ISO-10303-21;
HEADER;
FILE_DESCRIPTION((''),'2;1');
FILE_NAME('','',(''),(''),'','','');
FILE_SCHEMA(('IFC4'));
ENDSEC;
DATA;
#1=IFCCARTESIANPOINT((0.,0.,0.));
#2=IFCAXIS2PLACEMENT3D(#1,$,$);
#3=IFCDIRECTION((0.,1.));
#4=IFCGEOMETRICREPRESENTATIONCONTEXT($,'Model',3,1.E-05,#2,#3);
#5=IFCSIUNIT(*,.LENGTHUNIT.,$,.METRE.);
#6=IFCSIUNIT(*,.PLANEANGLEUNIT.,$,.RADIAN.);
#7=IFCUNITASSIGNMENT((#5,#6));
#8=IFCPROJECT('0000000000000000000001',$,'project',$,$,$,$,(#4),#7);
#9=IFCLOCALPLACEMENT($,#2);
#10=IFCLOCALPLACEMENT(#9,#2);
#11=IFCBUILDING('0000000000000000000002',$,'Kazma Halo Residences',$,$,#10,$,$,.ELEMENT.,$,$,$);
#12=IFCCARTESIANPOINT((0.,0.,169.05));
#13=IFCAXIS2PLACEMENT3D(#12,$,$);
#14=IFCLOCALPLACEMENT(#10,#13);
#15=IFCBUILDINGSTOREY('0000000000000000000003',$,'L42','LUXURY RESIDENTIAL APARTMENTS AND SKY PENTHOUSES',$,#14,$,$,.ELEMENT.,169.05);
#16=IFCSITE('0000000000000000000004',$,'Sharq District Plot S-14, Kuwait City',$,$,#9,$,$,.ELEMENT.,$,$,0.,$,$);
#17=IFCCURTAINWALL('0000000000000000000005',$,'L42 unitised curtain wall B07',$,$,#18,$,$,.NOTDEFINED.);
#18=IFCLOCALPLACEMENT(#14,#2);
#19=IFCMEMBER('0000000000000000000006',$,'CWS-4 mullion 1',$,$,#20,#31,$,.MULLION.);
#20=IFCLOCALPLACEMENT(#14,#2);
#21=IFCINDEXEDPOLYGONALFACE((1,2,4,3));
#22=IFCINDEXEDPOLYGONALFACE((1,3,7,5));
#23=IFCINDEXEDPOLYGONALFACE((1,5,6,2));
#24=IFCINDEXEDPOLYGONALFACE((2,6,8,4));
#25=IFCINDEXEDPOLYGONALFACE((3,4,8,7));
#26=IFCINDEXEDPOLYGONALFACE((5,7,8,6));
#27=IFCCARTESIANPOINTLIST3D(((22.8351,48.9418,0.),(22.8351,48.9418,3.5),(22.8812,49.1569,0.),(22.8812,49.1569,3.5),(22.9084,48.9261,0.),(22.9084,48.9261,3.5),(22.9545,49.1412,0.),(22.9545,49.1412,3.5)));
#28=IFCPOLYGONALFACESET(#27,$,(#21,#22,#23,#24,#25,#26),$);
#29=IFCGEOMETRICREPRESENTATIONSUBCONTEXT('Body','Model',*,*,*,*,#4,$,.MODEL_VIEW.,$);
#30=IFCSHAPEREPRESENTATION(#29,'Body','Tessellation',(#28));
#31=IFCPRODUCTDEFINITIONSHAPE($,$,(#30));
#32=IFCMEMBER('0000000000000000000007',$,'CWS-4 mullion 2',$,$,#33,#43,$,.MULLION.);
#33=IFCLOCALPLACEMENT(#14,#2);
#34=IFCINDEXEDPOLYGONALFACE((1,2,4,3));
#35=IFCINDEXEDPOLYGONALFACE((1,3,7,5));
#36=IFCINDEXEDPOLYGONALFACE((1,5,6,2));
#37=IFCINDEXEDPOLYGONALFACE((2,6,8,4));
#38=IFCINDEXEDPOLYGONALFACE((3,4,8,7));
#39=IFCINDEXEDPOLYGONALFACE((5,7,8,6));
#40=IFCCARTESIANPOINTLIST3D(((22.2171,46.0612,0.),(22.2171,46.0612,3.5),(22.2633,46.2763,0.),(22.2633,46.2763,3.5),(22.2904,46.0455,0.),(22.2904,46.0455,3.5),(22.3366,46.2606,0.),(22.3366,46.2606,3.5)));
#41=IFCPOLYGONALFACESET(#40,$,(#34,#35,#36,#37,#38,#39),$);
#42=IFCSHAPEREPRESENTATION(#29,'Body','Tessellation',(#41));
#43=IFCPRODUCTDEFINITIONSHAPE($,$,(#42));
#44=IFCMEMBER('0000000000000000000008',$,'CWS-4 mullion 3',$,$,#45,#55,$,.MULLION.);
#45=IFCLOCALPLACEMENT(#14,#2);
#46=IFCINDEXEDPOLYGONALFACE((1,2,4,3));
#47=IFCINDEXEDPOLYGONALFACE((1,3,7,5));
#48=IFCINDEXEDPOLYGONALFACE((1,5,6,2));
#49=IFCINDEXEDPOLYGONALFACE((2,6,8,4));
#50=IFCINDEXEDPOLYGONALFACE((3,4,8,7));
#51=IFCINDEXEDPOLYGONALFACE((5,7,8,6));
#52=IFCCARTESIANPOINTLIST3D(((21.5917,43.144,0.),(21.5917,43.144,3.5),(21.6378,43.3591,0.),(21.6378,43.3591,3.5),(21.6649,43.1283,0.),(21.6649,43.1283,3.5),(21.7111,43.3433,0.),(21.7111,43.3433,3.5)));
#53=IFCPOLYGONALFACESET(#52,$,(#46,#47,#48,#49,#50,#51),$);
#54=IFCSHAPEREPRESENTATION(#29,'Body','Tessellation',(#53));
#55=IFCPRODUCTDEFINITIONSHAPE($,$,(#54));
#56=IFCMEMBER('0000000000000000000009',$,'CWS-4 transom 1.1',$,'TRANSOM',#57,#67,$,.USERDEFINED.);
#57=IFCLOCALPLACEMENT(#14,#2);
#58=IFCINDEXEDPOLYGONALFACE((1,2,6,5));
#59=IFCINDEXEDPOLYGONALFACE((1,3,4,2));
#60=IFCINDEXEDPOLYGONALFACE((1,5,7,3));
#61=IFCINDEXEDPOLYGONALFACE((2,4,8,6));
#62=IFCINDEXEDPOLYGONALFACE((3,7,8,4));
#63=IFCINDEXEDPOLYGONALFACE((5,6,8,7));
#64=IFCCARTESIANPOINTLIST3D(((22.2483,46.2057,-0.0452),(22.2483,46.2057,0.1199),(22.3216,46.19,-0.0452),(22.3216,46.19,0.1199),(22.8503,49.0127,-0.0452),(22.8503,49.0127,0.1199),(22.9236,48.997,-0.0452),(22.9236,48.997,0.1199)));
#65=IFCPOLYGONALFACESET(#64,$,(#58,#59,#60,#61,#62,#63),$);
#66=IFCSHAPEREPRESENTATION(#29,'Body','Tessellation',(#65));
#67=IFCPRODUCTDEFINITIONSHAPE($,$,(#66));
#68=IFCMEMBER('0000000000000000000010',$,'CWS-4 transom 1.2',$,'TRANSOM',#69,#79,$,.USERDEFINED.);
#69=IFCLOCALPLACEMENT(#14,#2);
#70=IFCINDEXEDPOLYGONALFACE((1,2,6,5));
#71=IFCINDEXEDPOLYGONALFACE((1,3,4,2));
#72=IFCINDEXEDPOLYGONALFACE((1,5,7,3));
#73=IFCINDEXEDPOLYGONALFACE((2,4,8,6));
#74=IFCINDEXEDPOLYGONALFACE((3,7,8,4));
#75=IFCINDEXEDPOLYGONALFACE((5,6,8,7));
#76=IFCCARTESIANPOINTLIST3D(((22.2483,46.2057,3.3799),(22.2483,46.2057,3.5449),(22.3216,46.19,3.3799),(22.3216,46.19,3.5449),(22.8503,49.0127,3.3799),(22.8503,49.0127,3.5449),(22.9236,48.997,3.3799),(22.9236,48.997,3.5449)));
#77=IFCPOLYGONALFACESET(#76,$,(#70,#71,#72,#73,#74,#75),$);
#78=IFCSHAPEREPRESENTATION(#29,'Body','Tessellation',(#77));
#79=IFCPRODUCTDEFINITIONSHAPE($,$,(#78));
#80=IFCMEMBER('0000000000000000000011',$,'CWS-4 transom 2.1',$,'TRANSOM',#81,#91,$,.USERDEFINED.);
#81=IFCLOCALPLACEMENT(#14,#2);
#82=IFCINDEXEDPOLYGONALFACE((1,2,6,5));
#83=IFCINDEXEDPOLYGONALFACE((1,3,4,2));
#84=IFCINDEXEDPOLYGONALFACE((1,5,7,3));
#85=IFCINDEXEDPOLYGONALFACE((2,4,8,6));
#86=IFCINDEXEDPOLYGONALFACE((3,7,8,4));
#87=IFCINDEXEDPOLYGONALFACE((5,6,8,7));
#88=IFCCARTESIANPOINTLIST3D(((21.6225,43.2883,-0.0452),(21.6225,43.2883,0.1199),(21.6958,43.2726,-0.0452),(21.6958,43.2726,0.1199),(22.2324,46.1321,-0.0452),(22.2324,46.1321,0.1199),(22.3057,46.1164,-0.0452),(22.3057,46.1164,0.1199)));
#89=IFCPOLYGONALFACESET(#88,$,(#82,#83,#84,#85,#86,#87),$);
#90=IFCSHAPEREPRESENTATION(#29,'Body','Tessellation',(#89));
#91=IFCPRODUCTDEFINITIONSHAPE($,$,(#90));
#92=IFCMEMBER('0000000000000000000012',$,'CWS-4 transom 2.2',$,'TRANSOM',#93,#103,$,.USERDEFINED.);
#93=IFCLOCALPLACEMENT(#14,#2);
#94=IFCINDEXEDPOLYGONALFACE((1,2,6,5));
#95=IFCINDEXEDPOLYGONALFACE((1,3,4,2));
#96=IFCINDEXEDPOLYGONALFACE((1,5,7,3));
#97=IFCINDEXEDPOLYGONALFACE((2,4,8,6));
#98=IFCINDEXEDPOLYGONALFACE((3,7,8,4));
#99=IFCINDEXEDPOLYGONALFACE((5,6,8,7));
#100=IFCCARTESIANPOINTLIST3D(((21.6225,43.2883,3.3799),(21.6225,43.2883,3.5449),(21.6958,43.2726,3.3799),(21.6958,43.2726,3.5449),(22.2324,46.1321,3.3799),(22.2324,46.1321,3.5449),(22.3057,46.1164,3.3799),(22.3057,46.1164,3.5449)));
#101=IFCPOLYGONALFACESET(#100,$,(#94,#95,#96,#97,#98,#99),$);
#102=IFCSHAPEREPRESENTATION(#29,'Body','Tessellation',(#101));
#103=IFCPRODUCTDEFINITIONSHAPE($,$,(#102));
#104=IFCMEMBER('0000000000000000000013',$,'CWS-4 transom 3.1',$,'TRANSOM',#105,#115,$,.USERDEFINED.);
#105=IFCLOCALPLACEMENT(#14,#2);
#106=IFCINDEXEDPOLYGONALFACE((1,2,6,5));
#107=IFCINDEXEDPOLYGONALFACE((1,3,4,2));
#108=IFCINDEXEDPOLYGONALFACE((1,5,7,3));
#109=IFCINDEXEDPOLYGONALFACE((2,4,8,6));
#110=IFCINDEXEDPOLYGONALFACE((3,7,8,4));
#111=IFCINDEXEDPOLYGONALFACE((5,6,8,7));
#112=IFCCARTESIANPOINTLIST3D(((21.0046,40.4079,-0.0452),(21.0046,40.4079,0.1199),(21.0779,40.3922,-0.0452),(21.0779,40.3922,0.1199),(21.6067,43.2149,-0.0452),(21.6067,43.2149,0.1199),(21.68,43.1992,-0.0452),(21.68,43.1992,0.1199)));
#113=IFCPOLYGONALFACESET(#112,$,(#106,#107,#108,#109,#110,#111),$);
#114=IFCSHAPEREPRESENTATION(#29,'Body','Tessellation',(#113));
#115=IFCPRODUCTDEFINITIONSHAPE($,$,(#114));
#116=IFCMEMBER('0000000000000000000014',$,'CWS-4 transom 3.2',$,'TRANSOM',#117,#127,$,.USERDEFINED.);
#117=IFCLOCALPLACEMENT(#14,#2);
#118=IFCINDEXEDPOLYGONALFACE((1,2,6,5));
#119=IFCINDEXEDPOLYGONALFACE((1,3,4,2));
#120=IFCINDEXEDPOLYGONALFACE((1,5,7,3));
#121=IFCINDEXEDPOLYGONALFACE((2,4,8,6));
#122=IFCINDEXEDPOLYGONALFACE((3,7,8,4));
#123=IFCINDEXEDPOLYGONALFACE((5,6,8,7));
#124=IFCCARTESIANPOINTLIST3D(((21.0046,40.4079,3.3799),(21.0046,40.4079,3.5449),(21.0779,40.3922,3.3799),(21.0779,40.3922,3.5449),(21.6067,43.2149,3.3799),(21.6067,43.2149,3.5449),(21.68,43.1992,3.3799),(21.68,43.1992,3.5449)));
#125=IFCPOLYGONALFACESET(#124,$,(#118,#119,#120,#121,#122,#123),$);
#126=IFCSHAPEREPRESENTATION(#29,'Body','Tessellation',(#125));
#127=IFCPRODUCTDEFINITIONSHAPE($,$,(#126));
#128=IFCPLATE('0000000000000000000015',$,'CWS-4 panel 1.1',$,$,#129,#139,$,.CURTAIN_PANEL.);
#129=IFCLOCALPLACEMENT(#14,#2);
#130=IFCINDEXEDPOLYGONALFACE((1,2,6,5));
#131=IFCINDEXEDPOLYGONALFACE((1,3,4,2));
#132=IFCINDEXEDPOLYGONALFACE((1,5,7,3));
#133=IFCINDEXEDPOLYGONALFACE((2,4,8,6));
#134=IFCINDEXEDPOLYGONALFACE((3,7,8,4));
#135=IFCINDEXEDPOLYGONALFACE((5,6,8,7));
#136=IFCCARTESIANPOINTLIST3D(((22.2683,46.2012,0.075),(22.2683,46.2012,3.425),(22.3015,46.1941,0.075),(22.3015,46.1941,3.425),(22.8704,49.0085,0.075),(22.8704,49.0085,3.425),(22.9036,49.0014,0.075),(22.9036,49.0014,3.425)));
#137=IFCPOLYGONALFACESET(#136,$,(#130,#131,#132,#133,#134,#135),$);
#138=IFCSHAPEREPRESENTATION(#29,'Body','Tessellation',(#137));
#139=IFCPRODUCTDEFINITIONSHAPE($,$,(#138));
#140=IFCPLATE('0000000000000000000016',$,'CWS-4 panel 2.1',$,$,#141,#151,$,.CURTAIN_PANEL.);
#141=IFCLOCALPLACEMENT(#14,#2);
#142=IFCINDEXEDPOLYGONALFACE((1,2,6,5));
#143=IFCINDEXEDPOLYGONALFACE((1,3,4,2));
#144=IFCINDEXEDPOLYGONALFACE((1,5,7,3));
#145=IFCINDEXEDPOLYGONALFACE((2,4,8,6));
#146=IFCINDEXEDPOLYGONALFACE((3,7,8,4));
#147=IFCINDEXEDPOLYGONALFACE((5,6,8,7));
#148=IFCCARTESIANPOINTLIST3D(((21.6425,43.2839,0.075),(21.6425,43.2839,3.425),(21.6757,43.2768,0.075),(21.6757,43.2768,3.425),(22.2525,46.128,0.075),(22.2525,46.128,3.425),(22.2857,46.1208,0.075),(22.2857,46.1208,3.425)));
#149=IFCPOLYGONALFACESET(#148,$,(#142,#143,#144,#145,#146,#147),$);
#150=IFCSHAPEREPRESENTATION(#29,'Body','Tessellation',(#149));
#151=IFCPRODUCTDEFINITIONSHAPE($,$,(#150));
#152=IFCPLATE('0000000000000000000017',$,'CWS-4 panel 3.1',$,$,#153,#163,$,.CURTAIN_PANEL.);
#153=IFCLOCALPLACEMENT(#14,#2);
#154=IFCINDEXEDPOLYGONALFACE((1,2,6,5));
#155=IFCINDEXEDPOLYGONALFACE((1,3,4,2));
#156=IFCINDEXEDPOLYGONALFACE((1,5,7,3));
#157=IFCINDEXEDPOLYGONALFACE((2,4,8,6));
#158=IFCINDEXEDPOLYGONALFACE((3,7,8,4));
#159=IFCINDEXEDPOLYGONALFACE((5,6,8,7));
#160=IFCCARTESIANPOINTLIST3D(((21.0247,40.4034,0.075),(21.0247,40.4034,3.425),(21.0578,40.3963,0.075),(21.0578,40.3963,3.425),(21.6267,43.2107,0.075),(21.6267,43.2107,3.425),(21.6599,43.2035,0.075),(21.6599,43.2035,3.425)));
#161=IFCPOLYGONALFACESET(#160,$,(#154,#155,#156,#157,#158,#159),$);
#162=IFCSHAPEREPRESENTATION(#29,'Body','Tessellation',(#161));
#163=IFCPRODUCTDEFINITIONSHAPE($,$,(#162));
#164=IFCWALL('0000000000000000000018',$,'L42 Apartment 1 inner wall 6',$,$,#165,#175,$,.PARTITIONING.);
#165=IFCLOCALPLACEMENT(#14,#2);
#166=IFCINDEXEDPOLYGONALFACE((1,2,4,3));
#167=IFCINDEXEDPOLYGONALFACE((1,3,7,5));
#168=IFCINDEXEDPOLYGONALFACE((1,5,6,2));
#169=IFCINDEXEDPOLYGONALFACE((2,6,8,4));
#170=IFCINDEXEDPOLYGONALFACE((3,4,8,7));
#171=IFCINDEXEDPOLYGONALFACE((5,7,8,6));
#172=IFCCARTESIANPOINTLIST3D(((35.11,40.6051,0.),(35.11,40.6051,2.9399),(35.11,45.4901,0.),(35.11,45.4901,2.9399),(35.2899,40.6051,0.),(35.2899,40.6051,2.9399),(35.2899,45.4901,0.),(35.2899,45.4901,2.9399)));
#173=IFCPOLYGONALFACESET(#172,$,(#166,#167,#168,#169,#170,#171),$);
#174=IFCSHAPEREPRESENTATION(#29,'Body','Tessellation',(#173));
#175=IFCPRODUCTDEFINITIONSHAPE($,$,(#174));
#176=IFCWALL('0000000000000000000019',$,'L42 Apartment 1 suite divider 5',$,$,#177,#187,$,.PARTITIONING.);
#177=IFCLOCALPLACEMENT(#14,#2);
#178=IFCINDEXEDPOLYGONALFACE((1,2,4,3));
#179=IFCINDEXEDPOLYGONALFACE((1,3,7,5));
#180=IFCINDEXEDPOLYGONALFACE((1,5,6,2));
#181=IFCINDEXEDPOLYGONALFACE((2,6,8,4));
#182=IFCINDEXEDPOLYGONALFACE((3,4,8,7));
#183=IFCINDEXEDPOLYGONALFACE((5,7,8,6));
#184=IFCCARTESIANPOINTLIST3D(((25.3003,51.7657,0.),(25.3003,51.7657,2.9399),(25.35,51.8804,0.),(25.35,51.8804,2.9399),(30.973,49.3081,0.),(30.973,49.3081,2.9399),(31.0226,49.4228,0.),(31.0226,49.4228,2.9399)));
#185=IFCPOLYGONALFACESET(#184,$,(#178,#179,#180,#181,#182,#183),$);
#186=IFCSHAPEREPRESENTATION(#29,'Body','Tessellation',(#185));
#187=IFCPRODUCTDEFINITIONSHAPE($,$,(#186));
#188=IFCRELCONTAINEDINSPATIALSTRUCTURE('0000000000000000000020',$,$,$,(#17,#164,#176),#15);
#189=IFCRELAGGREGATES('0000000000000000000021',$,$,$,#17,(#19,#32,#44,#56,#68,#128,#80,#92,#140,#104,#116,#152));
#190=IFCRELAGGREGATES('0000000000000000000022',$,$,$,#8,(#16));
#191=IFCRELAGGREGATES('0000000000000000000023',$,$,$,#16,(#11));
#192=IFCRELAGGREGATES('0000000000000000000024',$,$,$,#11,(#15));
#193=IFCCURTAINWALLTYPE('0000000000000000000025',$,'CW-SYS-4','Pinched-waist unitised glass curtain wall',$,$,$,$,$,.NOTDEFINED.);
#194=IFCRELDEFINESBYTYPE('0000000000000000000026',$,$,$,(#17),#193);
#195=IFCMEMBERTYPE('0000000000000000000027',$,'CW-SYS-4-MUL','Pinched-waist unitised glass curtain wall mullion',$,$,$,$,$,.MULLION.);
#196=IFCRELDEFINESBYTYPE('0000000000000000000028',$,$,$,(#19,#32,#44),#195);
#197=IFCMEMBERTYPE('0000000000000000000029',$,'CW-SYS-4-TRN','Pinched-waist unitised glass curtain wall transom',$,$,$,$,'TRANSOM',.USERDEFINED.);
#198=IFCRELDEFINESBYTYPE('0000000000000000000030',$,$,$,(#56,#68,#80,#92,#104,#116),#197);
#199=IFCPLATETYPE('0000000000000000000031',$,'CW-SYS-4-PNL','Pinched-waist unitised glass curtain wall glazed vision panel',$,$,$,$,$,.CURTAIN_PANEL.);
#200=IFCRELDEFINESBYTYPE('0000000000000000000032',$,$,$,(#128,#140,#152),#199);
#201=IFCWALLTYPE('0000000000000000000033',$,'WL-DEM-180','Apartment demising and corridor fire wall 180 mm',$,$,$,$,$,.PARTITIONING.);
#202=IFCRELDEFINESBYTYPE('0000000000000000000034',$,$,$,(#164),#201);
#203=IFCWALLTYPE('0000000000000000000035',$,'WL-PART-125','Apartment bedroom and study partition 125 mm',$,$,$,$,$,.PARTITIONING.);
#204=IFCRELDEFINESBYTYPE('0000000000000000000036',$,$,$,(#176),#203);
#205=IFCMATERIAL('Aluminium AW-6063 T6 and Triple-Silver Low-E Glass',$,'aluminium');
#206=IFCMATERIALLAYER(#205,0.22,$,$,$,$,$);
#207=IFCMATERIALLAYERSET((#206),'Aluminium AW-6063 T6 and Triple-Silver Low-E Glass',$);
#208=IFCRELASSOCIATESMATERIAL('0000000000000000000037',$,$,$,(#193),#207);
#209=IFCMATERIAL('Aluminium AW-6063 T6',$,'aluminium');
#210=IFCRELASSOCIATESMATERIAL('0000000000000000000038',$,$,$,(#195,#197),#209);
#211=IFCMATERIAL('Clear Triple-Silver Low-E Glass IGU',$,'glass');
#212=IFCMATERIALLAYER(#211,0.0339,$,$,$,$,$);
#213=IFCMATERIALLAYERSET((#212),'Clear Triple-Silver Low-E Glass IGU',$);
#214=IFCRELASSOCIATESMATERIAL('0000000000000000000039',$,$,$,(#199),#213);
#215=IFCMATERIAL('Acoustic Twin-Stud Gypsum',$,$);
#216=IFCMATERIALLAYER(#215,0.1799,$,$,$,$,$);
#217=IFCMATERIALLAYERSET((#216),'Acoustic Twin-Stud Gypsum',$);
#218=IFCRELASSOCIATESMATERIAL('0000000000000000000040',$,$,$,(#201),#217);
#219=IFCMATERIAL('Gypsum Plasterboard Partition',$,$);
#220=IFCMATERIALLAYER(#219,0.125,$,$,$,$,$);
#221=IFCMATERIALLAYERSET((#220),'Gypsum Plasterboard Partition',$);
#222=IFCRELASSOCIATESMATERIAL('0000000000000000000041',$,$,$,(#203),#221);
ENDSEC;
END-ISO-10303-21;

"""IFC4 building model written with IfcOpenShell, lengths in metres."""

from ifc_helpers import new_model, si_unit, direction, frame, frame_2d, origin, origin_2d, place, context, subcontext, project, spatial, rectangle, extrude, material, layer, layer_set, material_profile, profile_set, type_object, element, aggregate, save


model = new_model("IFC4")

# Units and contexts
model_context = context("Model", 3, precision=1e-05, world=origin(), true_north=direction((0.0, 1.0)))
body_context = subcontext(model_context, "Body", "Model", "MODEL_VIEW")
ifc_project = project(units=[si_unit("LENGTHUNIT", "METRE"), si_unit("PLANEANGLEUNIT", "RADIAN")], contexts=[model_context])

# Site, building, storey
site_placement = place(None, origin())
site = spatial("IfcSite", under=ifc_project, at=site_placement, Name="Sharq District Plot S-14, Kuwait City", CompositionType="ELEMENT", RefElevation=0.0)
building_placement = place(site_placement, origin())
building = spatial("IfcBuilding", under=site, at=building_placement, Name="Kazma Halo Residences", CompositionType="ELEMENT")
storey_placement = place(building_placement, frame((0.0, 0.0, 169.05)))
storey = spatial("IfcBuildingStorey", under=building, at=storey_placement, Name="L42", Description="LUXURY RESIDENTIAL APARTMENTS AND SKY PENTHOUSES", CompositionType="ELEMENT", Elevation=169.05)

# Curtain wall, members, plates
ifc_material_1 = material(Name="Aluminium AW-6063 T6 and Triple-Silver Low-E Glass", Category="aluminium")
ifc_layer_1 = layer(ifc_material_1, 0.22)
ifc_layer_set_1 = layer_set([ifc_layer_1], Name="Aluminium AW-6063 T6 and Triple-Silver Low-E Glass")
curtain_wall_type = type_object("IfcCurtainWallType", Name="CW-SYS-4", Description="Pinched-waist unitised glass curtain wall", PredefinedType="NOTDEFINED", material=ifc_layer_set_1)
curtain_wall_placement = place(storey_placement, origin())
curtain_wall = element("IfcCurtainWall", 1, at=curtain_wall_placement, inside=storey, type_object=curtain_wall_type, Name="L42 unitised curtain wall B07", PredefinedType="NOTDEFINED")
ifc_material_2 = material(Name="Aluminium AW-6063 T6", Category="aluminium")
ifc_material_profile_1 = material_profile(ifc_material_2, rectangle(XDim=0.075, YDim=0.22, at=origin_2d()), Name="CWM-75x220")
ifc_profile_set_1 = profile_set([ifc_material_profile_1], Name="Aluminium AW-6063 T6")
member_type_1 = type_object("IfcMemberType", Name="CW-SYS-4-MUL", Description="Pinched-waist unitised glass curtain wall mullion", PredefinedType="MULLION", material=ifc_profile_set_1)
member_1_placement = place(storey_placement, frame((22.8948, 49.0415, 0.0), z_axis=(0.0, 0.0, 1.0), x_axis=(0.977765, -0.209704, 0.0)))
member_1 = element("IfcMember", 2, at=member_1_placement, type_object=member_type_1, Name="CWS-4 mullion 1", PredefinedType="MULLION", context=body_context, shape_type="SweptSolid", body=[
    extrude(rectangle(XDim=0.075, YDim=0.22, at=origin_2d()), origin(), (0.0, 0.0, 1.0), 3.5),
])
member_2_placement = place(storey_placement, frame((22.2769, 46.1609, 0.0), z_axis=(0.0, 0.0, 1.0), x_axis=(0.977765, -0.209704, 0.0)))
member_2 = element("IfcMember", 3, at=member_2_placement, type_object=member_type_1, Name="CWS-4 mullion 2", PredefinedType="MULLION", context=body_context, shape_type="SweptSolid", body=[
    extrude(rectangle(XDim=0.075, YDim=0.22, at=origin_2d()), origin(), (0.0, 0.0, 1.0), 3.5),
])
member_3_placement = place(storey_placement, frame((21.6514, 43.2437, 0.0), z_axis=(0.0, 0.0, 1.0), x_axis=(0.977765, -0.209704, 0.0)))
member_3 = element("IfcMember", 4, at=member_3_placement, type_object=member_type_1, Name="CWS-4 mullion 3", PredefinedType="MULLION", context=body_context, shape_type="SweptSolid", body=[
    extrude(rectangle(XDim=0.075, YDim=0.22, at=origin_2d()), origin(), (0.0, 0.0, 1.0), 3.5),
])
ifc_material_profile_2 = material_profile(ifc_material_2, rectangle(XDim=0.075, YDim=0.165, at=origin_2d()), Name="CWT-75x165")
ifc_profile_set_2 = profile_set([ifc_material_profile_2], Name="Aluminium AW-6063 T6")
member_type_2 = type_object("IfcMemberType", Name="CW-SYS-4-TRN", Description="Pinched-waist unitised glass curtain wall transom", ElementType="TRANSOM", PredefinedType="USERDEFINED", material=ifc_profile_set_2)
member_4_placement = place(storey_placement, frame((22.887, 49.0049, 0.0374), z_axis=(-0.209703, -0.977765, 0.0), x_axis=(0.977765, -0.209703, 0.0)))
member_4 = element("IfcMember", 5, at=member_4_placement, type_object=member_type_2, Name="CWS-4 transom 1.1", ObjectType="TRANSOM", PredefinedType="USERDEFINED", context=body_context, shape_type="SweptSolid", body=[
    extrude(rectangle(XDim=0.075, YDim=0.165, at=origin_2d()), origin(), (0.0, 0.0, 1.0), 2.8708),
])
member_5_placement = place(storey_placement, frame((22.887, 49.0049, 3.4624), z_axis=(-0.209703, -0.977765, 0.0), x_axis=(0.977765, -0.209703, 0.0)))
member_5 = element("IfcMember", 6, at=member_5_placement, type_object=member_type_2, Name="CWS-4 transom 1.2", ObjectType="TRANSOM", PredefinedType="USERDEFINED", context=body_context, shape_type="SweptSolid", body=[
    extrude(rectangle(XDim=0.075, YDim=0.165, at=origin_2d()), origin(), (0.0, 0.0, 1.0), 2.8708),
])
member_6_placement = place(storey_placement, frame((22.269, 46.1243, 0.0374), z_axis=(-0.20969, -0.977768, 0.0), x_axis=(0.977768, -0.20969, 0.0)))
member_6 = element("IfcMember", 7, at=member_6_placement, type_object=member_type_2, Name="CWS-4 transom 2.1", ObjectType="TRANSOM", PredefinedType="USERDEFINED", context=body_context, shape_type="SweptSolid", body=[
    extrude(rectangle(XDim=0.075, YDim=0.165, at=origin_2d()), origin(), (0.0, 0.0, 1.0), 2.9084),
])
member_7_placement = place(storey_placement, frame((22.269, 46.1243, 3.4624), z_axis=(-0.20969, -0.977768, 0.0), x_axis=(0.977768, -0.20969, 0.0)))
member_7 = element("IfcMember", 8, at=member_7_placement, type_object=member_type_2, Name="CWS-4 transom 2.2", ObjectType="TRANSOM", PredefinedType="USERDEFINED", context=body_context, shape_type="SweptSolid", body=[
    extrude(rectangle(XDim=0.075, YDim=0.165, at=origin_2d()), origin(), (0.0, 0.0, 1.0), 2.9084),
])
member_8_placement = place(storey_placement, frame((21.6433, 43.207, 0.0374), z_axis=(-0.209703, -0.977765, 0.0), x_axis=(0.977765, -0.209703, 0.0)))
member_8 = element("IfcMember", 9, at=member_8_placement, type_object=member_type_2, Name="CWS-4 transom 3.1", ObjectType="TRANSOM", PredefinedType="USERDEFINED", context=body_context, shape_type="SweptSolid", body=[
    extrude(rectangle(XDim=0.075, YDim=0.165, at=origin_2d()), origin(), (0.0, 0.0, 1.0), 2.8708),
])
member_9_placement = place(storey_placement, frame((21.6433, 43.207, 3.4624), z_axis=(-0.209703, -0.977765, 0.0), x_axis=(0.977765, -0.209703, 0.0)))
member_9 = element("IfcMember", 10, at=member_9_placement, type_object=member_type_2, Name="CWS-4 transom 3.2", ObjectType="TRANSOM", PredefinedType="USERDEFINED", context=body_context, shape_type="SweptSolid", body=[
    extrude(rectangle(XDim=0.075, YDim=0.165, at=origin_2d()), origin(), (0.0, 0.0, 1.0), 2.8708),
])
ifc_material_3 = material(Name="Clear Triple-Silver Low-E Glass IGU", Category="glass")
ifc_layer_2 = layer(ifc_material_3, 0.0339)
ifc_layer_set_2 = layer_set([ifc_layer_2], Name="Clear Triple-Silver Low-E Glass IGU")
plate_type = type_object("IfcPlateType", Name="CW-SYS-4-PNL", Description="Pinched-waist unitised glass curtain wall glazed vision panel", PredefinedType="CURTAIN_PANEL", material=ifc_layer_set_2)
plate_1_placement = place(storey_placement, frame((22.5859, 47.6013, 0.075), z_axis=(0.0, 0.0, 1.0), x_axis=(-0.209704, -0.977765, 0.0)))
plate_1 = element("IfcPlate", 11, at=plate_1_placement, type_object=plate_type, Name="CWS-4 panel 1.1", PredefinedType="CURTAIN_PANEL", context=body_context, shape_type="SweptSolid", body=[
    extrude(rectangle(XDim=2.8711, YDim=0.0339, at=origin_2d()), origin(), (0.0, 0.0, 1.0), 3.3501),
])
plate_2_placement = place(storey_placement, frame((21.9641, 44.7024, 0.075), z_axis=(0.0, 0.0, 1.0), x_axis=(-0.209704, -0.977765, 0.0)))
plate_2 = element("IfcPlate", 12, at=plate_2_placement, type_object=plate_type, Name="CWS-4 panel 2.1", PredefinedType="CURTAIN_PANEL", context=body_context, shape_type="SweptSolid", body=[
    extrude(rectangle(XDim=2.9087, YDim=0.0339, at=origin_2d()), origin(), (0.0, 0.0, 1.0), 3.3501),
])
plate_3_placement = place(storey_placement, frame((21.3423, 41.8035, 0.075), z_axis=(0.0, 0.0, 1.0), x_axis=(-0.209704, -0.977765, 0.0)))
plate_3 = element("IfcPlate", 13, at=plate_3_placement, type_object=plate_type, Name="CWS-4 panel 3.1", PredefinedType="CURTAIN_PANEL", context=body_context, shape_type="SweptSolid", body=[
    extrude(rectangle(XDim=2.8711, YDim=0.0339, at=origin_2d()), origin(), (0.0, 0.0, 1.0), 3.3501),
])
aggregate(curtain_wall, [member_1, member_2, member_3, member_4, member_5, plate_1, member_6, member_7, plate_2, member_8, member_9, plate_3])

# Walls
ifc_material_4 = material(Name="Acoustic Twin-Stud Gypsum")
ifc_layer_3 = layer(ifc_material_4, 0.1799)
ifc_layer_set_3 = layer_set([ifc_layer_3], Name="Acoustic Twin-Stud Gypsum")
wall_type_1 = type_object("IfcWallType", Name="WL-DEM-180", Description="Apartment demising and corridor fire wall 180 mm", PredefinedType="PARTITIONING", material=ifc_layer_set_3)
wall_1_placement = place(storey_placement, frame((35.2, 45.49, 0.0), z_axis=(0.0, 0.0, 1.0), x_axis=(0.0, -1.0, 0.0)))
element("IfcWall", 14, at=wall_1_placement, inside=storey, type_object=wall_type_1, Name="L42 Apartment 1 inner wall 6", PredefinedType="PARTITIONING", context=body_context, shape_type="SweptSolid", body=[
    extrude(rectangle(XDim=4.885, YDim=0.1799, at=frame_2d((2.4424, 0.0))), origin(), (0.0, 0.0, 1.0), 2.9399),
])
ifc_material_5 = material(Name="Gypsum Plasterboard Partition")
ifc_layer_4 = layer(ifc_material_5, 0.125)
ifc_layer_set_4 = layer_set([ifc_layer_4], Name="Gypsum Plasterboard Partition")
wall_type_2 = type_object("IfcWallType", Name="WL-PART-125", Description="Apartment bedroom and study partition 125 mm", PredefinedType="PARTITIONING", material=ifc_layer_set_4)
wall_2_placement = place(storey_placement, frame((30.9978, 49.3655, 0.0), z_axis=(0.0, 0.0, 1.0), x_axis=(-0.917592, 0.397524, 0.0)))
element("IfcWall", 15, at=wall_2_placement, inside=storey, type_object=wall_type_2, Name="L42 Apartment 1 suite divider 5", PredefinedType="PARTITIONING", context=body_context, shape_type="SweptSolid", body=[
    extrude(rectangle(XDim=6.1821, YDim=0.125, at=frame_2d((3.0911, 0.0))), origin(), (0.0, 0.0, 1.0), 2.9399),
])

save(model, "model.ifc")
